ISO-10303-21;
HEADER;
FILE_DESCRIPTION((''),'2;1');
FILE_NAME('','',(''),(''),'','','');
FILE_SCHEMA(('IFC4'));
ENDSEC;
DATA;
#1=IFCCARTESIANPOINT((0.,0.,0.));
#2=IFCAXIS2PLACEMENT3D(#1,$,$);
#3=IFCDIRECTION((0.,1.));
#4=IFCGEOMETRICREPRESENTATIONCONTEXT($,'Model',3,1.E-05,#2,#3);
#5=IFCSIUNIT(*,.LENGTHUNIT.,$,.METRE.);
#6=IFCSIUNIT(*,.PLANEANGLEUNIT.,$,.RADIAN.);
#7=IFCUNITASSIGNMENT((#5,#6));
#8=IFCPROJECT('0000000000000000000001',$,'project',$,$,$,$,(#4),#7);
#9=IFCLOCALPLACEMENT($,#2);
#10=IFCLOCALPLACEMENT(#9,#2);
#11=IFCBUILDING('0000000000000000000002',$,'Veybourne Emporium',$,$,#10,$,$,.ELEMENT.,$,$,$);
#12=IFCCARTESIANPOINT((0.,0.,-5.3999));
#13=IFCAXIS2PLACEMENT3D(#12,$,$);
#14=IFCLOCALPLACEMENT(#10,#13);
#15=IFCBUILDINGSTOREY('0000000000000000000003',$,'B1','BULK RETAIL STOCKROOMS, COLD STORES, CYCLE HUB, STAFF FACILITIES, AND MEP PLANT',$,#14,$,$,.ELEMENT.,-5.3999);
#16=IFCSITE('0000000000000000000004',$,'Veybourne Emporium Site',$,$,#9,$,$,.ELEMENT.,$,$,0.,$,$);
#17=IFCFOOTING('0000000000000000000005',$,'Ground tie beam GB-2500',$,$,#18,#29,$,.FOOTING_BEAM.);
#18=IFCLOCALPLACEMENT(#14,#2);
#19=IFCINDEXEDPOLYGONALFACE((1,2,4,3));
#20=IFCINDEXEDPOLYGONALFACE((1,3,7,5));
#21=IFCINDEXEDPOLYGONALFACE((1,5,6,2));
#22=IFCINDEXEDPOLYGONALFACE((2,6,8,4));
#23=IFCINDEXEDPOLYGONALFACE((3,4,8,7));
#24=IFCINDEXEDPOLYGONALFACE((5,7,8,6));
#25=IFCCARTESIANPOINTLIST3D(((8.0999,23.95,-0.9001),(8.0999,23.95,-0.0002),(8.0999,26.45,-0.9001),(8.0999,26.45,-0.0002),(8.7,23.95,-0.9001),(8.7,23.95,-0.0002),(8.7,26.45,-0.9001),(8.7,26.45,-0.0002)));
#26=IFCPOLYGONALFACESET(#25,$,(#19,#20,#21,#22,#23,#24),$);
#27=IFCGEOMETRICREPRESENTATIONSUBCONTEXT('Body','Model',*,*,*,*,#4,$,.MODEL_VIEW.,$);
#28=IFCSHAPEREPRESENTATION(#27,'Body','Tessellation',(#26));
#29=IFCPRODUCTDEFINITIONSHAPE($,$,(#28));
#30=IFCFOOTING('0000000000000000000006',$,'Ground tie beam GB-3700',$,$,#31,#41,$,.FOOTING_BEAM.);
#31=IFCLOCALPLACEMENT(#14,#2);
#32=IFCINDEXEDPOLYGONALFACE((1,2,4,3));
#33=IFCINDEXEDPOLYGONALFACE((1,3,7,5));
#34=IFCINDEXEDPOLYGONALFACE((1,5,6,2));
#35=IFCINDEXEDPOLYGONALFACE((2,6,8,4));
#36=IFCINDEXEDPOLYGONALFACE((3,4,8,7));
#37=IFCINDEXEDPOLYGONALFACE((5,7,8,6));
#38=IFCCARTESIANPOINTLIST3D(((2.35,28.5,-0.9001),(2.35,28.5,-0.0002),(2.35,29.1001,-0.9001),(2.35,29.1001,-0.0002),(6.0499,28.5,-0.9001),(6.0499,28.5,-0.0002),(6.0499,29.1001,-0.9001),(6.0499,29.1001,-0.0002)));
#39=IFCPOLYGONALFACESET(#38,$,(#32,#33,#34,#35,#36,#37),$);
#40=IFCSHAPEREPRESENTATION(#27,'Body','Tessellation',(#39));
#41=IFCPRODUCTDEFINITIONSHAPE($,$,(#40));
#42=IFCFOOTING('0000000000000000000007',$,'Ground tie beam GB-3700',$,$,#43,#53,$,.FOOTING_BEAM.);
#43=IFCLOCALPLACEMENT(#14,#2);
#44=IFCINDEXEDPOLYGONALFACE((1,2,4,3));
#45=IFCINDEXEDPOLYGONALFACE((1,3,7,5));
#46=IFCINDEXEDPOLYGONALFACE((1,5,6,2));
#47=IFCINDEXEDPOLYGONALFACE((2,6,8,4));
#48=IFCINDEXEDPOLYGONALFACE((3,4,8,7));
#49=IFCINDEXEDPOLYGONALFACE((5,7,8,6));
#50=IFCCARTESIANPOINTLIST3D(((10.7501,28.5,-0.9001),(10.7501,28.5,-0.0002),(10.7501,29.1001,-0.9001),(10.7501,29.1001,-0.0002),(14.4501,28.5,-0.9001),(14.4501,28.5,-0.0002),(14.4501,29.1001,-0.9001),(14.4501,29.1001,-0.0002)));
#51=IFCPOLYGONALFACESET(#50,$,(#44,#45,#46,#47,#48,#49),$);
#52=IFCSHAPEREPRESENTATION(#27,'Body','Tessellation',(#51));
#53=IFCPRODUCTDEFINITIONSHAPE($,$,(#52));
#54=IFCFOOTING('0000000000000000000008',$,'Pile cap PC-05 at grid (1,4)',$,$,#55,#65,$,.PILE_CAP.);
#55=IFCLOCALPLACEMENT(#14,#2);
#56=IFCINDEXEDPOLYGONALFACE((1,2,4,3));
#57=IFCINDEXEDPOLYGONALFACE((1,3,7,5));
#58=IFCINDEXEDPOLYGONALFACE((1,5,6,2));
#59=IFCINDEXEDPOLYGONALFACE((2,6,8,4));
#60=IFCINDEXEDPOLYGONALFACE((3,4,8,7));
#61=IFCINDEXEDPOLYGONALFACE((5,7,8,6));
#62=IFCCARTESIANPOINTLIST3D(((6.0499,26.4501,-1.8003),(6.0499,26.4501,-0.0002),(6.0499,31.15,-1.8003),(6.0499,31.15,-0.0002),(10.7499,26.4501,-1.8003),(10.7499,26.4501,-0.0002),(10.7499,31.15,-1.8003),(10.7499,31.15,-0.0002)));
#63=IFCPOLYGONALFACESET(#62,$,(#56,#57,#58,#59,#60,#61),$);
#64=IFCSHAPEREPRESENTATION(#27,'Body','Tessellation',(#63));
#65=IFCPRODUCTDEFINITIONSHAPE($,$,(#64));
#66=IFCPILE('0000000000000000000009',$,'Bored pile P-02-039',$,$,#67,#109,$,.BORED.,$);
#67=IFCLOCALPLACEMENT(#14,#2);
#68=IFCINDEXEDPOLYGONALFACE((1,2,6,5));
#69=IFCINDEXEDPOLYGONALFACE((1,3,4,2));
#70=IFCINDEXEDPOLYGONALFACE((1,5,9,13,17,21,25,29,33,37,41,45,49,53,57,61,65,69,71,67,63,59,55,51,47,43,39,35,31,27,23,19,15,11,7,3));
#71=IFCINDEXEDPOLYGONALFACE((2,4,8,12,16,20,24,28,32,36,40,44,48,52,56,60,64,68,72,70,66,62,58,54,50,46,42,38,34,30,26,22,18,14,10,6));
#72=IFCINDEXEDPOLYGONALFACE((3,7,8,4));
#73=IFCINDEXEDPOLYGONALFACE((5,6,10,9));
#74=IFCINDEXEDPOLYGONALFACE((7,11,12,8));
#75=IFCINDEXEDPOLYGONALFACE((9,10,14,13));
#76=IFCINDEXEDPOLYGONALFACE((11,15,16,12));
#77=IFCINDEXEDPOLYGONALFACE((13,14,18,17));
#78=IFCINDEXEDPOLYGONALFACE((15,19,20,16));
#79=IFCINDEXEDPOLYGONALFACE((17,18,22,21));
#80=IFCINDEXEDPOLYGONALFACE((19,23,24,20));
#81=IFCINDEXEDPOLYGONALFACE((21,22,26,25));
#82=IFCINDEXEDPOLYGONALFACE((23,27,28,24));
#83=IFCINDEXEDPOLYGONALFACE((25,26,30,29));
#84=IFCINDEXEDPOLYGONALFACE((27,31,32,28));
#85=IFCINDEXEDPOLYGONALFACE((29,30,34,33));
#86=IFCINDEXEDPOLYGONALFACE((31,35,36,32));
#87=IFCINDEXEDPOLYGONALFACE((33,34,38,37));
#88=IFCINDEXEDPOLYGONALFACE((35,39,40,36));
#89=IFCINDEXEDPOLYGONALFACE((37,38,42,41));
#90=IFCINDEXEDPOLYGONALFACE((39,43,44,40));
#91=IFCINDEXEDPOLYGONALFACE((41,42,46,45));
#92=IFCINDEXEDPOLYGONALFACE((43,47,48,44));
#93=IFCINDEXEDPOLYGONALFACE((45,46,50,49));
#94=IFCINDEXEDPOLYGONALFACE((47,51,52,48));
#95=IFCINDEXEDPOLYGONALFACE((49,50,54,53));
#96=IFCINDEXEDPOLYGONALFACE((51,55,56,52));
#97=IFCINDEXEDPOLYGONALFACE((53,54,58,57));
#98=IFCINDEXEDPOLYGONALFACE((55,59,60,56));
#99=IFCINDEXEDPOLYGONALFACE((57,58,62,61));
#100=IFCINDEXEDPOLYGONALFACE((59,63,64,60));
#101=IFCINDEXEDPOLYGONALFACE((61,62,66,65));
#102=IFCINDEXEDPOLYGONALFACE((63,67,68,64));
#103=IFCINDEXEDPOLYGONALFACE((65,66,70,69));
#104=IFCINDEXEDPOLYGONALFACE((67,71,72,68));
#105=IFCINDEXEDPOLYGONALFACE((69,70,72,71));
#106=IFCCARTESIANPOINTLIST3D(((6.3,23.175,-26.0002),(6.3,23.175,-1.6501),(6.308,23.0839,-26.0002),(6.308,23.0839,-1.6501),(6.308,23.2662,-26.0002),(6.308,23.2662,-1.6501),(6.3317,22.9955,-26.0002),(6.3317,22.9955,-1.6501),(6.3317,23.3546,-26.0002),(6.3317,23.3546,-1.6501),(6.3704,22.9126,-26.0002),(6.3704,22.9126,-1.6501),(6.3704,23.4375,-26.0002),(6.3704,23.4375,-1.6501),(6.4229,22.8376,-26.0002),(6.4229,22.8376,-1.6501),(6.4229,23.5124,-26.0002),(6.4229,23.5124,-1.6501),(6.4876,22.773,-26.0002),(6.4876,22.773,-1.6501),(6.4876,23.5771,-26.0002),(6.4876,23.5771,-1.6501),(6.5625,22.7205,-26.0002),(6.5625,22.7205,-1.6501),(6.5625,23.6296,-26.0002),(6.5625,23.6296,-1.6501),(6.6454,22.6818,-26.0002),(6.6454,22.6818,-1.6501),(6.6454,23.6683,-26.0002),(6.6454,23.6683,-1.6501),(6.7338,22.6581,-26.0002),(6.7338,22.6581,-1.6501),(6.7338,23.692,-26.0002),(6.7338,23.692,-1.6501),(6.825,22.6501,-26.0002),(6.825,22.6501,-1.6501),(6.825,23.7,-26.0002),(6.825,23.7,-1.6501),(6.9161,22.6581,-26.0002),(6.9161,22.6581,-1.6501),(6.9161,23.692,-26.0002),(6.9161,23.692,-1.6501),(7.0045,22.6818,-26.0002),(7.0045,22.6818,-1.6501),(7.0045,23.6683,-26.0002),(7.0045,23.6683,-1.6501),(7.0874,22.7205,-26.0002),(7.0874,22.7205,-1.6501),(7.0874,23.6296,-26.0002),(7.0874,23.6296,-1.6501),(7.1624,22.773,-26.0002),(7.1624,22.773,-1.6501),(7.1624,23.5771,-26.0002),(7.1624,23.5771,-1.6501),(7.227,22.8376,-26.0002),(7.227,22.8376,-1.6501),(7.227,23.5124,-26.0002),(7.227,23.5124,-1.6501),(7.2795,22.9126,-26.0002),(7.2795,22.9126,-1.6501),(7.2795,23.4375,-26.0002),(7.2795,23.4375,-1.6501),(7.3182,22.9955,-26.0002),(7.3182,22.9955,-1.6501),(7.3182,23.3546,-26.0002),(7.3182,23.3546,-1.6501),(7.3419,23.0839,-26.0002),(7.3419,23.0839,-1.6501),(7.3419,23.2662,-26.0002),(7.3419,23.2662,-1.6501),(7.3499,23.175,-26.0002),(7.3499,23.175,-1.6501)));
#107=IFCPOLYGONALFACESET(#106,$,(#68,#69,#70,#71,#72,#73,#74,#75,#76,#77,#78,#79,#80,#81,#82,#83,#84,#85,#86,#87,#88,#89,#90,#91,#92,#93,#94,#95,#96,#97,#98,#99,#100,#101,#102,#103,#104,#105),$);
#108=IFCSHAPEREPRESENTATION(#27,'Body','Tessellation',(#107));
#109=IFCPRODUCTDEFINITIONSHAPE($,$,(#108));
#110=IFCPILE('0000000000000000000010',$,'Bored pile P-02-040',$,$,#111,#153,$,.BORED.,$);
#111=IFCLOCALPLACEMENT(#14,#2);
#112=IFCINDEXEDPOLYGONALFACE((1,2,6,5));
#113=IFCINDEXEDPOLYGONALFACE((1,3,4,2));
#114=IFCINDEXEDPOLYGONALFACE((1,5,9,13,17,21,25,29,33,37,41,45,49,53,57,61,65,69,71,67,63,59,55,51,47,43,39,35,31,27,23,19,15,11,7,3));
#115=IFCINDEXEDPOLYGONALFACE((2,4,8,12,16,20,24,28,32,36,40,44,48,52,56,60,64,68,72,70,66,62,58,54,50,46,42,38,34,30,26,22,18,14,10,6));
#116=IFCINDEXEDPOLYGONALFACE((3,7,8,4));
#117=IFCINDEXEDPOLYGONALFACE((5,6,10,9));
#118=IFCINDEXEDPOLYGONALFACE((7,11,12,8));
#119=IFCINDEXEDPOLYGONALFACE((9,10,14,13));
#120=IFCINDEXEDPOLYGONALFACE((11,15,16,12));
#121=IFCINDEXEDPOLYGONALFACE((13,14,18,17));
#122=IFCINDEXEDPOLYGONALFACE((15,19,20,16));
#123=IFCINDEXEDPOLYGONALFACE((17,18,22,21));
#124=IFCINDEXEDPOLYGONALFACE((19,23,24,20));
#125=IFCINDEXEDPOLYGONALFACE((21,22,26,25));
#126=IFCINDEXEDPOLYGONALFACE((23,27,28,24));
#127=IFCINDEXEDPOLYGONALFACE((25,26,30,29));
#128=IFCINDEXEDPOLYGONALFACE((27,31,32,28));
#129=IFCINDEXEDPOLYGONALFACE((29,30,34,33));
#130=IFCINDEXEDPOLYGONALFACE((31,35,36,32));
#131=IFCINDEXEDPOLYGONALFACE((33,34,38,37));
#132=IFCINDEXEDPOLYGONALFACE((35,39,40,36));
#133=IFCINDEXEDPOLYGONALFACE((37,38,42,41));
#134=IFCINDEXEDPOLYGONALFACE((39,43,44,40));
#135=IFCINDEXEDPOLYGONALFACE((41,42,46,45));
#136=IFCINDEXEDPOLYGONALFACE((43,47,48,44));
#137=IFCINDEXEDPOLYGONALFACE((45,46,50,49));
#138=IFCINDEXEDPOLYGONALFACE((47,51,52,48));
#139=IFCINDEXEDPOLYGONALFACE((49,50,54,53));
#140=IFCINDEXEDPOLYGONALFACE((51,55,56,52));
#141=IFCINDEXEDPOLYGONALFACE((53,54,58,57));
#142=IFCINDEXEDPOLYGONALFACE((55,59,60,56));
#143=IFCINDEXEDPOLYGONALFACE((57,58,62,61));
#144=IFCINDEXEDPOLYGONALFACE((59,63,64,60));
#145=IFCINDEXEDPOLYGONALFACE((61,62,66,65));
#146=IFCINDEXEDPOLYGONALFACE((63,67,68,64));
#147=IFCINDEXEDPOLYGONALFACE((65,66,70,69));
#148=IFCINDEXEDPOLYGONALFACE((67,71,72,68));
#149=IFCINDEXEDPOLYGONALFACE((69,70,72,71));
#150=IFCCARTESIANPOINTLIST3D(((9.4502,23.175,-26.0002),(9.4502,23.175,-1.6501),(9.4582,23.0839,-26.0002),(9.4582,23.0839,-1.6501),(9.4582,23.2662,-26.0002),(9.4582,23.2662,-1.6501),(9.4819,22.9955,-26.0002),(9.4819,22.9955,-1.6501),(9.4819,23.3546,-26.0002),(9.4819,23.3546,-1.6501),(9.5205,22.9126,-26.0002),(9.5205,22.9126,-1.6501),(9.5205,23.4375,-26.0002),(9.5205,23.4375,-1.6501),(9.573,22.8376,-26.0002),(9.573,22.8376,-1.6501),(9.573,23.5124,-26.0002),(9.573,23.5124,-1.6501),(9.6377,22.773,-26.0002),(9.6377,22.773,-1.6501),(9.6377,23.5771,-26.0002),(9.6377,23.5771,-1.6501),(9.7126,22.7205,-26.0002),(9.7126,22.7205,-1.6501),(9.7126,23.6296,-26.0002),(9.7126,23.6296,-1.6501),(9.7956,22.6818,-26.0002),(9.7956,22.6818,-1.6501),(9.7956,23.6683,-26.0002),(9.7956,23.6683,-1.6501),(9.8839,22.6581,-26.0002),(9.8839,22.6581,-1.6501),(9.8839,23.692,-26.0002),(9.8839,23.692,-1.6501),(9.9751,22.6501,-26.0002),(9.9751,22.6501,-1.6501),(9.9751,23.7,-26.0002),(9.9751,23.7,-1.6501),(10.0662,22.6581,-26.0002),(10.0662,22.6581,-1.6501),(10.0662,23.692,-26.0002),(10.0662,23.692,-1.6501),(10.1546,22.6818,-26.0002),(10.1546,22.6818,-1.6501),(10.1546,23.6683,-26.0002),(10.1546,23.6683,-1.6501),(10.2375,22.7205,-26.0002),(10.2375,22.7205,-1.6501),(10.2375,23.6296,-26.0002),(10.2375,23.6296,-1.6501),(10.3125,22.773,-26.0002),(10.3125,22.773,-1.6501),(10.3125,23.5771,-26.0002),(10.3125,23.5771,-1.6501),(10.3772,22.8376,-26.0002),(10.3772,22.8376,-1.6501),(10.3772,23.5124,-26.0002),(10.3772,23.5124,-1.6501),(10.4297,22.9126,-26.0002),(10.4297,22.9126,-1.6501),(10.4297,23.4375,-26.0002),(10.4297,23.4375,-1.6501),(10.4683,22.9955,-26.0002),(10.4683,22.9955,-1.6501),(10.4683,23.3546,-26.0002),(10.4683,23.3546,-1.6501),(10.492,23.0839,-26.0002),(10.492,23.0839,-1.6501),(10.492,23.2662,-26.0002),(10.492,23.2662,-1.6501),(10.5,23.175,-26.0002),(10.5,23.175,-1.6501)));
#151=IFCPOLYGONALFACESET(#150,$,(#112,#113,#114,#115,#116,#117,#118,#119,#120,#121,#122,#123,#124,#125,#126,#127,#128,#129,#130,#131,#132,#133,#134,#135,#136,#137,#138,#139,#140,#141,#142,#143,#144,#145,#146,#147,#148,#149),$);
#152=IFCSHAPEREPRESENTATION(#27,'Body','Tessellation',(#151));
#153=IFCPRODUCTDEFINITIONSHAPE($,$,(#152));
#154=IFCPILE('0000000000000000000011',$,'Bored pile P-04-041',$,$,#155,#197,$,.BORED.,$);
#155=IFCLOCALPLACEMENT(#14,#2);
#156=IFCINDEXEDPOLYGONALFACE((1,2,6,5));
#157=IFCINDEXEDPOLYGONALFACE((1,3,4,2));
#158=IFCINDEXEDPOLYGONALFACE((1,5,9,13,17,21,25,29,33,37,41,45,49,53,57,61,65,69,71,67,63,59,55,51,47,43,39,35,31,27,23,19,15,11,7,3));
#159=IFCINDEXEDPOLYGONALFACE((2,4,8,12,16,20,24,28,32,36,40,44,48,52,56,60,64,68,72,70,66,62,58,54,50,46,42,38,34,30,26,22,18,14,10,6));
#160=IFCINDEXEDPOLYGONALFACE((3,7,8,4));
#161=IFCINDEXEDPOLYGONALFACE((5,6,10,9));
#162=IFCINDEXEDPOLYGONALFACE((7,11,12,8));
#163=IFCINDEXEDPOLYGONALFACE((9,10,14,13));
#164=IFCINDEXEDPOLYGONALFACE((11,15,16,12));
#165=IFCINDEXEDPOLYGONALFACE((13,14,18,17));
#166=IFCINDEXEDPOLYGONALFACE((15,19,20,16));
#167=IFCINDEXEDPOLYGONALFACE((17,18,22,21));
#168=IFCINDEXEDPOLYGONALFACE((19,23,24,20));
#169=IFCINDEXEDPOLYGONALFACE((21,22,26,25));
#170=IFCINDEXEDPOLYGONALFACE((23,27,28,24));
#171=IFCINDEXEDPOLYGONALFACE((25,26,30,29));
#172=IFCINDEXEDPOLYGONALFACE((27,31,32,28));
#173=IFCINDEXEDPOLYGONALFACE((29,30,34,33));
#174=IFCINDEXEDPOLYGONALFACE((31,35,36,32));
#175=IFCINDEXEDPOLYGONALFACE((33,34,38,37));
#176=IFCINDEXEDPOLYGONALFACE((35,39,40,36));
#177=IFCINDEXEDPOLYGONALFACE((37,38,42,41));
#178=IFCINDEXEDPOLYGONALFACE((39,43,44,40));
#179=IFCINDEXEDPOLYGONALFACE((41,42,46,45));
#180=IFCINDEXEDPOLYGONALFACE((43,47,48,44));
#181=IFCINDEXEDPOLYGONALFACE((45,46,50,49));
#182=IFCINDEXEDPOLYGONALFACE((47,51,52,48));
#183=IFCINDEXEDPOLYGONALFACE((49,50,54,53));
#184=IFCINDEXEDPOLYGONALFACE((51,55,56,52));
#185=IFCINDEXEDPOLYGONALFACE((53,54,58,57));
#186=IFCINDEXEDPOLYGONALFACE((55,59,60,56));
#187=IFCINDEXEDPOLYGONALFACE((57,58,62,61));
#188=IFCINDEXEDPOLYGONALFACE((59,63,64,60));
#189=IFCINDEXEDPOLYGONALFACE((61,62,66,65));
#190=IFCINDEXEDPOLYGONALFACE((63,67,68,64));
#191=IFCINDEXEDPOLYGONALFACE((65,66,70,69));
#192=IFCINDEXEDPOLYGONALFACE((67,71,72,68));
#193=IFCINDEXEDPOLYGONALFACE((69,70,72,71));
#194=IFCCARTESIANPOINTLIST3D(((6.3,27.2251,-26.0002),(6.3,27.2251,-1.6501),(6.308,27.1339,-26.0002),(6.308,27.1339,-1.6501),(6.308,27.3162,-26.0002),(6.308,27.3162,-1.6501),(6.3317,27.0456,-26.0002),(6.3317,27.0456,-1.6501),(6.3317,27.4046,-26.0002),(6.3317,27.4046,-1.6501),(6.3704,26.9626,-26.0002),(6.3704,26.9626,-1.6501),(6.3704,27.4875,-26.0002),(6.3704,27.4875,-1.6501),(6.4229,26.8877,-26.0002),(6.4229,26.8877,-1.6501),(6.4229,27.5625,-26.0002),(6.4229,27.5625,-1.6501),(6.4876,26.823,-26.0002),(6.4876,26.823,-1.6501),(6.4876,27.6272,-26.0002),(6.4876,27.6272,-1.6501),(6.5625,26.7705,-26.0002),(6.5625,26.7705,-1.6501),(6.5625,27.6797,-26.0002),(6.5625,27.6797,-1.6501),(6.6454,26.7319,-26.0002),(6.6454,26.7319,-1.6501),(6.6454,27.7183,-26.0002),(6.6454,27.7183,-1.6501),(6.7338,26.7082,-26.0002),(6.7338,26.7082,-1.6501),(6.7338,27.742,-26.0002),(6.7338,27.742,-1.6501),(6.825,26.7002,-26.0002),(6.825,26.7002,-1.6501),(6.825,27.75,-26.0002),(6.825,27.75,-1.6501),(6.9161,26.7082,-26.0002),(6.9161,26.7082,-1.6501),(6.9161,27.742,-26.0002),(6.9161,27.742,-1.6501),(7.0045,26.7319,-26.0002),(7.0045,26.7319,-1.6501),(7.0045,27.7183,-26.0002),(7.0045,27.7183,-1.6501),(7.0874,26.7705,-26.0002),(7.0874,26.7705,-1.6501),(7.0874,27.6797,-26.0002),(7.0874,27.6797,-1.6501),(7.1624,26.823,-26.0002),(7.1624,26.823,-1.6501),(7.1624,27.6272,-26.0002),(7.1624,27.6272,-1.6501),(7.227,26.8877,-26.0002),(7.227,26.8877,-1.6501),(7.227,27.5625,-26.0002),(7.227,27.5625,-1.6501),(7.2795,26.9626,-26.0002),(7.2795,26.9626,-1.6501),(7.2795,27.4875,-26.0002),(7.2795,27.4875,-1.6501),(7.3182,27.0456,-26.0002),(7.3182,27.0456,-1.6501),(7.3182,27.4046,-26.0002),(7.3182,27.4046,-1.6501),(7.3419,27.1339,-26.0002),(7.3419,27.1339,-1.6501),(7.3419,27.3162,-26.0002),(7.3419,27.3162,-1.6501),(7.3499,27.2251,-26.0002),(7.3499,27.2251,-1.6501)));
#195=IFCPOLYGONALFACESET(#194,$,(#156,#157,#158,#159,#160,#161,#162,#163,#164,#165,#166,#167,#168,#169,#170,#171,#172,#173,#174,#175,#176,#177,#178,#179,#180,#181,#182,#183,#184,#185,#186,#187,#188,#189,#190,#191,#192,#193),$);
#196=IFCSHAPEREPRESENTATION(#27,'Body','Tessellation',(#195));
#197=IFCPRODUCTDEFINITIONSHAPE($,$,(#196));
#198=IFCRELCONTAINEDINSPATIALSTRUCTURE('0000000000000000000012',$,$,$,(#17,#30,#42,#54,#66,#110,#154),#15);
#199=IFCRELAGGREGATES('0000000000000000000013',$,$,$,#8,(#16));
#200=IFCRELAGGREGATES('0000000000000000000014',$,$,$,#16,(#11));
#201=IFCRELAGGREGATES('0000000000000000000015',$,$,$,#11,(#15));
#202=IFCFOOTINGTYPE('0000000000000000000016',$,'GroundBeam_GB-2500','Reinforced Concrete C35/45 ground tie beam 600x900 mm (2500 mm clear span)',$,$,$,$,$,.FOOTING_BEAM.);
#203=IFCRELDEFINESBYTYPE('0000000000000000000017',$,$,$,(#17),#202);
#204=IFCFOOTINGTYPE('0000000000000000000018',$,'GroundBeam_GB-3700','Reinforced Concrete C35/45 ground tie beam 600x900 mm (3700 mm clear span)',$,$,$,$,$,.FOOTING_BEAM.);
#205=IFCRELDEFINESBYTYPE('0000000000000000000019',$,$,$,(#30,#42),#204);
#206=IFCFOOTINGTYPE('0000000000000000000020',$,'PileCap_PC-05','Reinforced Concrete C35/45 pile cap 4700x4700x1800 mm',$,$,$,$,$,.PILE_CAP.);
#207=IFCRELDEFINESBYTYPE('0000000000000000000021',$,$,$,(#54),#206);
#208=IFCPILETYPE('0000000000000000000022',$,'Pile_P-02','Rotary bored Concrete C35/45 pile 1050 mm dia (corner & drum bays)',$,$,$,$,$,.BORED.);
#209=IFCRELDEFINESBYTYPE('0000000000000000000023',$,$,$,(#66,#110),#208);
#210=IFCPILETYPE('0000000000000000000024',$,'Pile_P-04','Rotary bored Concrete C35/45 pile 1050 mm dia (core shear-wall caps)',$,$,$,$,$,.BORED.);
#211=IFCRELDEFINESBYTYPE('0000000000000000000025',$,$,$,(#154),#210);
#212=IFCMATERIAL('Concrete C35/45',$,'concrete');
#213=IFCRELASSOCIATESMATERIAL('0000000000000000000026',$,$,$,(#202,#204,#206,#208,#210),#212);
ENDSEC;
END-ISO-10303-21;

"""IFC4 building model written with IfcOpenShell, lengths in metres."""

from ifc_helpers import new_model, si_unit, direction, frame, origin, origin_2d, place, context, subcontext, project, spatial, rectangle, circle, extrude, material, material_profile, profile_set, type_object, element, save


model = new_model("IFC4")

# Units and contexts
model_context = context("Model", 3, precision=1e-05, world=origin(), true_north=direction((0.0, 1.0)))
body_context = subcontext(model_context, "Body", "Model", "MODEL_VIEW")
ifc_project = project(units=[si_unit("LENGTHUNIT", "METRE"), si_unit("PLANEANGLEUNIT", "RADIAN")], contexts=[model_context])

# Site, building, storey
site_placement = place(None, origin())
site = spatial("IfcSite", under=ifc_project, at=site_placement, Name="Veybourne Emporium Site", CompositionType="ELEMENT", RefElevation=0.0)
building_placement = place(site_placement, origin())
building = spatial("IfcBuilding", under=site, at=building_placement, Name="Veybourne Emporium", CompositionType="ELEMENT")
storey_placement = place(building_placement, frame((0.0, 0.0, -5.3999)))
storey = spatial("IfcBuildingStorey", under=building, at=storey_placement, Name="B1", Description="BULK RETAIL STOCKROOMS, COLD STORES, CYCLE HUB, STAFF FACILITIES, AND MEP PLANT", CompositionType="ELEMENT", Elevation=-5.3999)

# Footings
ifc_material_1 = material(Name="Concrete C35/45", Category="concrete")
footing_type_1 = type_object("IfcFootingType", Name="GroundBeam_GB-2500", Description="Reinforced Concrete C35/45 ground tie beam 600x900 mm (2500 mm clear span)", PredefinedType="FOOTING_BEAM", material=ifc_material_1)
footing_1_placement = place(storey_placement, frame((8.3999, 25.2, -0.9001), z_axis=(0.0, 0.0, 1.0), x_axis=(0.0, 1.0, 0.0)))
element("IfcFooting", 1, at=footing_1_placement, inside=storey, type_object=footing_type_1, Name="Ground tie beam GB-2500", PredefinedType="FOOTING_BEAM", context=body_context, shape_type="SweptSolid", body=[
    extrude(rectangle(XDim=2.5, YDim=0.6001, at=origin_2d()), origin(), (0.0, 0.0, 1.0), 0.8999),
])
footing_type_2 = type_object("IfcFootingType", Name="GroundBeam_GB-3700", Description="Reinforced Concrete C35/45 ground tie beam 600x900 mm (3700 mm clear span)", PredefinedType="FOOTING_BEAM", material=ifc_material_1)
for number, where, z_axis, x_axis, name in (
    (2, (4.2, 28.8, -0.9001), (0.0, 0.0, 1.0), (1.0, 0.0, 0.0), "Ground tie beam GB-3700"),
    (3, (12.6001, 28.8, -0.9001), (0.0, 0.0, 1.0), (1.0, 0.0, 0.0), "Ground tie beam GB-3700"),
):
    element("IfcFooting", number, at=place(storey_placement, frame(where, z_axis=z_axis, x_axis=x_axis)), inside=storey, type_object=footing_type_2, Name=name, PredefinedType="FOOTING_BEAM", context=body_context, shape_type="SweptSolid", body=[
        extrude(rectangle(XDim=3.7, YDim=0.6001, at=origin_2d()), origin(), (0.0, 0.0, 1.0), 0.8999),
    ])
footing_type_3 = type_object("IfcFootingType", Name="PileCap_PC-05", Description="Reinforced Concrete C35/45 pile cap 4700x4700x1800 mm", PredefinedType="PILE_CAP", material=ifc_material_1)
footing_2_placement = place(storey_placement, frame((8.3999, 28.8, -1.8003), z_axis=(0.0, 0.0, 1.0), x_axis=(1.0, 0.0, 0.0)))
element("IfcFooting", 4, at=footing_2_placement, inside=storey, type_object=footing_type_3, Name="Pile cap PC-05 at grid (1,4)", PredefinedType="PILE_CAP", context=body_context, shape_type="SweptSolid", body=[
    extrude(rectangle(XDim=4.7, YDim=4.7, at=origin_2d()), origin(), (0.0, 0.0, 1.0), 1.8),
])

# Piles
ifc_material_profile_1 = material_profile(ifc_material_1, circle(Radius=0.5249, at=origin_2d()), Name="BORED PILE 1050")
ifc_profile_set_1 = profile_set([ifc_material_profile_1], Name="Concrete C35/45")
pile_type_1 = type_object("IfcPileType", Name="Pile_P-02", Description="Rotary bored Concrete C35/45 pile 1050 mm dia (corner & drum bays)", PredefinedType="BORED", material=ifc_profile_set_1)
for number, where, z_axis, x_axis, name in (
    (5, (6.825, 23.175, -1.6501), (0.0, 0.0, -1.0), (1.0, 0.0, 0.0), "Bored pile P-02-039"),
    (6, (9.9751, 23.175, -1.6501), (0.0, 0.0, -1.0), (1.0, 0.0, 0.0), "Bored pile P-02-040"),
):
    element("IfcPile", number, at=place(storey_placement, frame(where, z_axis=z_axis, x_axis=x_axis)), inside=storey, type_object=pile_type_1, Name=name, PredefinedType="BORED", context=body_context, shape_type="SweptSolid", body=[
        extrude(circle(Radius=0.5249, at=origin_2d()), origin(), (0.0, 0.0, 1.0), 24.3501),
    ])
ifc_material_profile_2 = material_profile(ifc_material_1, circle(Radius=0.5249, at=origin_2d()), Name="BORED PILE 1050")
ifc_profile_set_2 = profile_set([ifc_material_profile_2], Name="Concrete C35/45")
pile_type_2 = type_object("IfcPileType", Name="Pile_P-04", Description="Rotary bored Concrete C35/45 pile 1050 mm dia (core shear-wall caps)", PredefinedType="BORED", material=ifc_profile_set_2)
for number, where, z_axis, x_axis, name in (
    (7, (6.825, 27.2251, -1.6501), (0.0, 0.0, -1.0), (1.0, 0.0, 0.0), "Bored pile P-04-041"),
):
    element("IfcPile", number, at=place(storey_placement, frame(where, z_axis=z_axis, x_axis=x_axis)), inside=storey, type_object=pile_type_2, Name=name, PredefinedType="BORED", context=body_context, shape_type="SweptSolid", body=[
        extrude(circle(Radius=0.5249, at=origin_2d()), origin(), (0.0, 0.0, 1.0), 24.3501),
    ])

save(model, "model.ifc")
